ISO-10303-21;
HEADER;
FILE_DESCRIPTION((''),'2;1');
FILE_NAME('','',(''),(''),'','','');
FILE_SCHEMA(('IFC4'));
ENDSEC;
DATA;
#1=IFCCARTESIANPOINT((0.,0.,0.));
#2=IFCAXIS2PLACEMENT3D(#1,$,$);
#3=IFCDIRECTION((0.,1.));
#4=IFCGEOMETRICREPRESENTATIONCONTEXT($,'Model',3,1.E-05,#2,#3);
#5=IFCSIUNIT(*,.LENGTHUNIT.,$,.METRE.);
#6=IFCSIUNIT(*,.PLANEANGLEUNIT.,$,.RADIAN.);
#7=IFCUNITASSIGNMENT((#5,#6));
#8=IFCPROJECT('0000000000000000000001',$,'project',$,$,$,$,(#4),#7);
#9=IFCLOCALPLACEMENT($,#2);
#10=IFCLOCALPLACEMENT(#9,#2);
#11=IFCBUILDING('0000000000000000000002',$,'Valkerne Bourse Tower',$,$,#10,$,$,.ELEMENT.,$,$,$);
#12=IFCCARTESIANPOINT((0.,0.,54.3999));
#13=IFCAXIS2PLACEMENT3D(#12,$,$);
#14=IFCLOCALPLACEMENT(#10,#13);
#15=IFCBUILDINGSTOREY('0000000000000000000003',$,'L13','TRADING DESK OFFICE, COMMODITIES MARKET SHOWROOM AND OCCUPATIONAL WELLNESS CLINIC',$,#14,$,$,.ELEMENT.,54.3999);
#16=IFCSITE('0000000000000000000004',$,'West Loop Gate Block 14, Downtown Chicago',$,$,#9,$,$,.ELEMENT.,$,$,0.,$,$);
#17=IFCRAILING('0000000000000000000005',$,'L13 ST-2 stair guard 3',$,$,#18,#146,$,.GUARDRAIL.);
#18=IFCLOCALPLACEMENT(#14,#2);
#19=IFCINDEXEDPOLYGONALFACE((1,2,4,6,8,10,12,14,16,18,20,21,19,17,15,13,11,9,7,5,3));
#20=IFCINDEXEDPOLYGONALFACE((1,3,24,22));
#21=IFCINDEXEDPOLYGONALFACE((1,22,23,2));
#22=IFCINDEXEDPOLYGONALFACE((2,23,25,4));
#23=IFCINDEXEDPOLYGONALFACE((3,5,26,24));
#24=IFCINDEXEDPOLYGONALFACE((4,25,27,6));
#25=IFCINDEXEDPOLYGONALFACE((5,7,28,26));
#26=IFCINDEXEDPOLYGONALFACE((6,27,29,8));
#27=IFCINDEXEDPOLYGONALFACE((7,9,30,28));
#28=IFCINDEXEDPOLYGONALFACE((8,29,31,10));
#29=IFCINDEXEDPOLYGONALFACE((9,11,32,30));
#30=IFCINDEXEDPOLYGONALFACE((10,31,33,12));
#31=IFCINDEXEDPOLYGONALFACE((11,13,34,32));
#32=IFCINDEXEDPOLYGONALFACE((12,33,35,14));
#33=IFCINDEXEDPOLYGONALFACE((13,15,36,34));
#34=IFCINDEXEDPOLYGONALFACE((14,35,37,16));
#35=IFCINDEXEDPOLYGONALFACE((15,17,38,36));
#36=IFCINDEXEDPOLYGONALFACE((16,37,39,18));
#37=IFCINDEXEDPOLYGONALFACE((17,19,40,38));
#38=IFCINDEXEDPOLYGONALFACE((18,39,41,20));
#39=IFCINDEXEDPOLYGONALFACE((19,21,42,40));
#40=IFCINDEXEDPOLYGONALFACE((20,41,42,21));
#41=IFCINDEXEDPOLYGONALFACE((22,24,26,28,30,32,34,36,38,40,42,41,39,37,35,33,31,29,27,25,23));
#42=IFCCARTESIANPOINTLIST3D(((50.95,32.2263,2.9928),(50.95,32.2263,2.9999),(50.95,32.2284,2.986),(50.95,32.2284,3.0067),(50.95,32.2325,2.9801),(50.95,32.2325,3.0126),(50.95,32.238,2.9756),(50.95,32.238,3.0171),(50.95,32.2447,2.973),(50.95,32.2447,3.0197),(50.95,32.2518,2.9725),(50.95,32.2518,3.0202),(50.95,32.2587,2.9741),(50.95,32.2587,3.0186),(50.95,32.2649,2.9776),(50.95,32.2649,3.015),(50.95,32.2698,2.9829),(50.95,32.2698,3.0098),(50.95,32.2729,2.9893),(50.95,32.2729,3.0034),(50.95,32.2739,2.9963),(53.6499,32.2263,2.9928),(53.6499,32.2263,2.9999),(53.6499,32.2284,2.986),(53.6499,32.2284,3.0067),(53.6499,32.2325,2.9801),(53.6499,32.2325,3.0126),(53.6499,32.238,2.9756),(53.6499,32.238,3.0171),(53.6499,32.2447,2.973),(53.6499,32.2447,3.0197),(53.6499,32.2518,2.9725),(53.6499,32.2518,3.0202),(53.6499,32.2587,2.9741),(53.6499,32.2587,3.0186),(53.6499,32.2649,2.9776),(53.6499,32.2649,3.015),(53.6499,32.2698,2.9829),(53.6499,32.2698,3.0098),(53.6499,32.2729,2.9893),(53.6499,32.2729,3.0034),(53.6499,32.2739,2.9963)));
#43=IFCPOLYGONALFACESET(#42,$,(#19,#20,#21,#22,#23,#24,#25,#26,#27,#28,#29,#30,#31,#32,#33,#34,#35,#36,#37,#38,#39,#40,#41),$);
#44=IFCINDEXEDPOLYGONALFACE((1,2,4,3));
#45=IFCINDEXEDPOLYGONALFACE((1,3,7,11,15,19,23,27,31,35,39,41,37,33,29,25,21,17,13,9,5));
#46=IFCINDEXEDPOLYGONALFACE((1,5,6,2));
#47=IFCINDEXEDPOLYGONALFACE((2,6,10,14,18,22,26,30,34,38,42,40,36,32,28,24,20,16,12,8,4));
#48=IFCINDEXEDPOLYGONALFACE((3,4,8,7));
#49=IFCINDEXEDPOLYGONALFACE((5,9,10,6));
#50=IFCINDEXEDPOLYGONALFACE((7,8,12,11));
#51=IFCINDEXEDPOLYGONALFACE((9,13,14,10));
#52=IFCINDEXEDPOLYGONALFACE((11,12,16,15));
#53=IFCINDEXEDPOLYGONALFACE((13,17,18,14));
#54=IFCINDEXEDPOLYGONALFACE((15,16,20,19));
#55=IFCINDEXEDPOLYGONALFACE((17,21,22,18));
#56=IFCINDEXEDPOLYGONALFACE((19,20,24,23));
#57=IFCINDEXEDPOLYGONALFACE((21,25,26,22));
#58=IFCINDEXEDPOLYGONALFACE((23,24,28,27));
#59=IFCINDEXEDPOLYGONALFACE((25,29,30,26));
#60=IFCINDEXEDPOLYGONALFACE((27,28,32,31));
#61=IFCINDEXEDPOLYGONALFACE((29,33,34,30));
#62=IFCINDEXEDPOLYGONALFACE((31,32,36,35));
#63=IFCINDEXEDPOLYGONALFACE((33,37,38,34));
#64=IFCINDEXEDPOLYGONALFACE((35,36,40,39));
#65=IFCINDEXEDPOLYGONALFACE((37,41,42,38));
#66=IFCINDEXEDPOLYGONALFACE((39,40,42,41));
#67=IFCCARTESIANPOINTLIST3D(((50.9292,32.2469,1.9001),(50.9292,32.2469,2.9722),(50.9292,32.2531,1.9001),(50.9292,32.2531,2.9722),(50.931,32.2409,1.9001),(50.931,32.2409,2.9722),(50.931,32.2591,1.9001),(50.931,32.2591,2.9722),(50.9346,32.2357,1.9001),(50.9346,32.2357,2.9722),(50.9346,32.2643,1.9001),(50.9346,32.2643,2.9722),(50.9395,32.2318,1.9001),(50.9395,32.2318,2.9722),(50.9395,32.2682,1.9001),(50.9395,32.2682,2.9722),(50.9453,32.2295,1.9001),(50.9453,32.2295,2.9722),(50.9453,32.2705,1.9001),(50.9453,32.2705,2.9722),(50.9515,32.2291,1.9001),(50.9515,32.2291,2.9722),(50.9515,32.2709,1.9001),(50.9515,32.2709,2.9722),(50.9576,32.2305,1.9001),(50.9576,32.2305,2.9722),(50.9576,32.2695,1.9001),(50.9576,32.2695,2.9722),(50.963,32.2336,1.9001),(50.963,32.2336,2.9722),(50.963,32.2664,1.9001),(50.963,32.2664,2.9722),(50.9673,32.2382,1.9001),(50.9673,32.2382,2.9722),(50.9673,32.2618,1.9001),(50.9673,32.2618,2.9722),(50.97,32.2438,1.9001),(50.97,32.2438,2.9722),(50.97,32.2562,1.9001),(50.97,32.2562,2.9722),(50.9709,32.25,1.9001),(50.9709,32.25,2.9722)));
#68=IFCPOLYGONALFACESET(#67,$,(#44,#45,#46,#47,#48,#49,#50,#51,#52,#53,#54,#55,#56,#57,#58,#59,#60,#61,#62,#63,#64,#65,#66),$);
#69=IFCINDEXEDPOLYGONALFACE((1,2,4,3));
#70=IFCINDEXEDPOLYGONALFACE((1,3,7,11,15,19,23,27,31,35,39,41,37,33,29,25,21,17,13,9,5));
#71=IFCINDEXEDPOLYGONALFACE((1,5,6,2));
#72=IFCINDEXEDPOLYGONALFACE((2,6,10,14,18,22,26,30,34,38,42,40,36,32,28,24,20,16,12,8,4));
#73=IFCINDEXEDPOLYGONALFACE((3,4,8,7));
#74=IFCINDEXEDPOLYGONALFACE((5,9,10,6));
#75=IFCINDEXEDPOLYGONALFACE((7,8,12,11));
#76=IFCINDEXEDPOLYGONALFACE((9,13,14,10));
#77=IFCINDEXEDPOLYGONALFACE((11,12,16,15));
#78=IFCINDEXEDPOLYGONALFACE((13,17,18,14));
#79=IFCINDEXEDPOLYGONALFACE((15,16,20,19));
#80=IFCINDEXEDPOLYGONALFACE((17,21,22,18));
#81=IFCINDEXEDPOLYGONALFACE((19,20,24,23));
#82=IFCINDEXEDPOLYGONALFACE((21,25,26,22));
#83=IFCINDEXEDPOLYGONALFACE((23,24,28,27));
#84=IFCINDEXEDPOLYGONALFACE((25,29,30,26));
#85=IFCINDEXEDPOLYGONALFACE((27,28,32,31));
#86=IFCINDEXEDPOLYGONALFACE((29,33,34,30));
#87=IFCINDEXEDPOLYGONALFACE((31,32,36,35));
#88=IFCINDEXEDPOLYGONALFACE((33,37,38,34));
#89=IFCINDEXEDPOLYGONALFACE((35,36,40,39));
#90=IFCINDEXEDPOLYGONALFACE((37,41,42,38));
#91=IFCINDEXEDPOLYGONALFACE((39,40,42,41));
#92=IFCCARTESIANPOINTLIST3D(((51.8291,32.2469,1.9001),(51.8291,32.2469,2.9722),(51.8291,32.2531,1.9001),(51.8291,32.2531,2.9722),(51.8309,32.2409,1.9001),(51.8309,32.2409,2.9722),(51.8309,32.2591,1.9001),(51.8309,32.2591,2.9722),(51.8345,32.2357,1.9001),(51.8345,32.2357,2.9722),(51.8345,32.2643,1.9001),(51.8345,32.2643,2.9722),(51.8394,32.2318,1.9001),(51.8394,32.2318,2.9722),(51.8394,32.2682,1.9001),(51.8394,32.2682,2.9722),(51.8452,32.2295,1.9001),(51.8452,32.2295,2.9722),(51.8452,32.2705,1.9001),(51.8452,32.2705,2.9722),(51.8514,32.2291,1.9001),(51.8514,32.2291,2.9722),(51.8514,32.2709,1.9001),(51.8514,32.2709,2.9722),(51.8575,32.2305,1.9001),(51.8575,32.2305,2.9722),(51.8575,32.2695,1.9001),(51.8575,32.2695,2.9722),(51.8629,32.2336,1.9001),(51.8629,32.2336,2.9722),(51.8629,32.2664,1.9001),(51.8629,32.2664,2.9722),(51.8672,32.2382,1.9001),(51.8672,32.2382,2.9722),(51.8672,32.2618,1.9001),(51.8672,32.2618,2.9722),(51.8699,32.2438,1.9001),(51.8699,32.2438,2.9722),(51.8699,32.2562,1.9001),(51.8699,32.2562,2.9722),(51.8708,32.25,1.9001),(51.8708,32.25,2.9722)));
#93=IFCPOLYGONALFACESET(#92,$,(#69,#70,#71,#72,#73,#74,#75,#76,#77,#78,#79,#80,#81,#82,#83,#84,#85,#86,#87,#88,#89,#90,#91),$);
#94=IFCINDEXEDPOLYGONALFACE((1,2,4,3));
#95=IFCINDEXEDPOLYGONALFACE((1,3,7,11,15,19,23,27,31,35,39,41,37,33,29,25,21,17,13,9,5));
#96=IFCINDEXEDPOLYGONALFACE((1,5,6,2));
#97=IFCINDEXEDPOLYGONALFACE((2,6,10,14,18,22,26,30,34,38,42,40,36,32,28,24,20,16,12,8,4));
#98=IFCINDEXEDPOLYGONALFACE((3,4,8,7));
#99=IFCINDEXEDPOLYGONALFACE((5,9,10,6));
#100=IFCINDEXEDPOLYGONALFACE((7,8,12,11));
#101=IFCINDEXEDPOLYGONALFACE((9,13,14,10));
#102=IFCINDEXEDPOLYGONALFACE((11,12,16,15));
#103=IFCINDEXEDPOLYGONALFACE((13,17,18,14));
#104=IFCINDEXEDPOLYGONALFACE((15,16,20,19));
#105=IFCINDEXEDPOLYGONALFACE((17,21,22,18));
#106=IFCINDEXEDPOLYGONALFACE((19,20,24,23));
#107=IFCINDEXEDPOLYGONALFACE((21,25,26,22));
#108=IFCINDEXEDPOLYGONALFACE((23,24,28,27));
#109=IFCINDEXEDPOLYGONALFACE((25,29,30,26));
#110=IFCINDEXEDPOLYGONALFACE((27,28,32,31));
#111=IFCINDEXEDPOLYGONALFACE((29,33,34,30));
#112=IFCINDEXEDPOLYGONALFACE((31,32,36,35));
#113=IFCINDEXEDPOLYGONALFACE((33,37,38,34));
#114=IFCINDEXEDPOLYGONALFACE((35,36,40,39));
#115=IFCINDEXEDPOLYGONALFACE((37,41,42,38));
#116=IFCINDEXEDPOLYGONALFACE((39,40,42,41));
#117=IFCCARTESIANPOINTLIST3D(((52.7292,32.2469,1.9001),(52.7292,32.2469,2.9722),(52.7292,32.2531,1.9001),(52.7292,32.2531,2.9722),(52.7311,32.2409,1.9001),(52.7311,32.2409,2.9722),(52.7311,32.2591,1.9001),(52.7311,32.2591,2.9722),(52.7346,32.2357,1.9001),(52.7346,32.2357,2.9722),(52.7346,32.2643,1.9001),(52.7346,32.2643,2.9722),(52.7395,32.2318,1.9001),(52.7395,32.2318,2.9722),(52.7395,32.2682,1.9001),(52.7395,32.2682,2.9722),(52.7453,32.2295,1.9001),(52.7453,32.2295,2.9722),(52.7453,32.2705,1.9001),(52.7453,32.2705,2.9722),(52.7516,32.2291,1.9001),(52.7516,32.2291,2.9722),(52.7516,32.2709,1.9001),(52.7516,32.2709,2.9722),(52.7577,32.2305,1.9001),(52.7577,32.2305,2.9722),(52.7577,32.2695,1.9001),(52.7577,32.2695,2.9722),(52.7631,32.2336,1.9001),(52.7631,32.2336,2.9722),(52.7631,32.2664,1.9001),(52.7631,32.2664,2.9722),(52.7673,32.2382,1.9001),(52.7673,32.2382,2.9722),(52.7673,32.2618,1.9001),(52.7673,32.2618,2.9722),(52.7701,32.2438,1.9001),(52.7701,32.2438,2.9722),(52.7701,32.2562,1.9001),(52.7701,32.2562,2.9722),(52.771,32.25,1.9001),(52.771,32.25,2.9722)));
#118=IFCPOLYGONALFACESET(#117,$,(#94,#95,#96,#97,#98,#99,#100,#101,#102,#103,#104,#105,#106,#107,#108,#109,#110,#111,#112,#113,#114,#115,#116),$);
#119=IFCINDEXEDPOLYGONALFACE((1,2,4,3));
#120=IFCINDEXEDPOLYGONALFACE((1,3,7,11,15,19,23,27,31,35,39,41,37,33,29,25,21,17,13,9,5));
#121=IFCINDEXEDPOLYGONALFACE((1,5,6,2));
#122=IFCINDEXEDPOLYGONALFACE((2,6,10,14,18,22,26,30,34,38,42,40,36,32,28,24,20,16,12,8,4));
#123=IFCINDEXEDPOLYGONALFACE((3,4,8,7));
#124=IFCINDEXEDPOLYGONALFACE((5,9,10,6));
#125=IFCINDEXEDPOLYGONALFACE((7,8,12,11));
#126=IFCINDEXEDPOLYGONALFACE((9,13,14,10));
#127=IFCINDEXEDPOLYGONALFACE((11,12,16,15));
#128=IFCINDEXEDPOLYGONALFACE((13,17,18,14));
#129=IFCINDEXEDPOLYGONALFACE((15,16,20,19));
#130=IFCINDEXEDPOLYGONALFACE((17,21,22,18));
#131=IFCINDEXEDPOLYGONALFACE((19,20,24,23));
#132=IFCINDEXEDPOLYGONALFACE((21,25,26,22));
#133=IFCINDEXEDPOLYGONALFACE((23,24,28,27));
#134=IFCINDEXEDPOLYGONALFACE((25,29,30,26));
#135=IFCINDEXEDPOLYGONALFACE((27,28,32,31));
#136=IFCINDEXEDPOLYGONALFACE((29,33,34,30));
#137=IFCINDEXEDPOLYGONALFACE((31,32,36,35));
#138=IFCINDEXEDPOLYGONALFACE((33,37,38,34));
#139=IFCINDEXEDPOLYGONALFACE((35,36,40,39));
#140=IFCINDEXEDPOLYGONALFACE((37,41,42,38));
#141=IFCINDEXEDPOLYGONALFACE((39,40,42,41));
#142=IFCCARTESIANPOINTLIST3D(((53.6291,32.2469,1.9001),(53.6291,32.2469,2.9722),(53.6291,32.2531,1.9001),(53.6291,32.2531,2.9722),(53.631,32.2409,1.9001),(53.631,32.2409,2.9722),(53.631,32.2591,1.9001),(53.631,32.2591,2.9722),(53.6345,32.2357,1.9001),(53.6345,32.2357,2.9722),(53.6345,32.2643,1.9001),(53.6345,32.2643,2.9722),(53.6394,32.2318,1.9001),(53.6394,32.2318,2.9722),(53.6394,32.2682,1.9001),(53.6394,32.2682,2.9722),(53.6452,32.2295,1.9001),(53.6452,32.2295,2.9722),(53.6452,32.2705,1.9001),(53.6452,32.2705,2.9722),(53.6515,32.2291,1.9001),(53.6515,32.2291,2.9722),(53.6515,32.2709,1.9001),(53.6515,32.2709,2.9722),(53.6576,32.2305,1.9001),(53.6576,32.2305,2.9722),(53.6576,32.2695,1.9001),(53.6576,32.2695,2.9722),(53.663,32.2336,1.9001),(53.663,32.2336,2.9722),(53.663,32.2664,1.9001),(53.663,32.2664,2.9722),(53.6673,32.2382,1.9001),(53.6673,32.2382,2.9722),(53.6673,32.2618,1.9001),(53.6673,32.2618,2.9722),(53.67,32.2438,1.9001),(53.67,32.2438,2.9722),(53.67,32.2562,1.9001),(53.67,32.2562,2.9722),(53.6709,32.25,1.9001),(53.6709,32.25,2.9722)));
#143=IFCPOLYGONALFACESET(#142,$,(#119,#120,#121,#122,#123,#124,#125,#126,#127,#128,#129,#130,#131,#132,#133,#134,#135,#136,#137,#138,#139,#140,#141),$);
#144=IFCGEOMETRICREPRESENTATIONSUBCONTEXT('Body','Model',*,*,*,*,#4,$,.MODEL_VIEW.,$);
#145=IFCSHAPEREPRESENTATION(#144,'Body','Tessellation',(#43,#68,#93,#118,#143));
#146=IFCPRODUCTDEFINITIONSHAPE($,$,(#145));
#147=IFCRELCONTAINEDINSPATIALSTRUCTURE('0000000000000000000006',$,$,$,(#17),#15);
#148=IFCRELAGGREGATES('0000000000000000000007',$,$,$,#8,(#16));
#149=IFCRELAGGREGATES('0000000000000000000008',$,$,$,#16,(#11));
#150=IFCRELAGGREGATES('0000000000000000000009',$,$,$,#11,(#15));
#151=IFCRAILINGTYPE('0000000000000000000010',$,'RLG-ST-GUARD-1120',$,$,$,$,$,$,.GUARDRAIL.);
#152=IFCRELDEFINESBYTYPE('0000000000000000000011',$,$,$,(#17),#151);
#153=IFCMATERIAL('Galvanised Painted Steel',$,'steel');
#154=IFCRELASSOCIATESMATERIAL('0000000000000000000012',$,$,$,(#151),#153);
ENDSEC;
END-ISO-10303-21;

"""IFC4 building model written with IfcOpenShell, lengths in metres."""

from ifc_helpers import new_model, si_unit, direction, frame, origin, origin_2d, place, context, subcontext, project, spatial, circle, extrude, material, type_object, element, save


model = new_model("IFC4")

# Units and contexts
model_context = context("Model", 3, precision=1e-05, world=origin(), true_north=direction((0.0, 1.0)))
body_context = subcontext(model_context, "Body", "Model", "MODEL_VIEW")
ifc_project = project(units=[si_unit("LENGTHUNIT", "METRE"), si_unit("PLANEANGLEUNIT", "RADIAN")], contexts=[model_context])

# Site, building, storey
site_placement = place(None, origin())
site = spatial("IfcSite", under=ifc_project, at=site_placement, Name="West Loop Gate Block 14, Downtown Chicago", CompositionType="ELEMENT", RefElevation=0.0)
building_placement = place(site_placement, origin())
building = spatial("IfcBuilding", under=site, at=building_placement, Name="Valkerne Bourse Tower", CompositionType="ELEMENT")
storey_placement = place(building_placement, frame((0.0, 0.0, 54.3999)))
storey = spatial("IfcBuildingStorey", under=building, at=storey_placement, Name="L13", Description="TRADING DESK OFFICE, COMMODITIES MARKET SHOWROOM AND OCCUPATIONAL WELLNESS CLINIC", CompositionType="ELEMENT", Elevation=54.3999)

# Shared definitions
ifc_material_1 = material(Name="Galvanised Painted Steel", Category="steel")

# Railing
railing_type_1 = type_object("IfcRailingType", Name="RLG-ST-GUARD-1120", PredefinedType="GUARDRAIL", material=ifc_material_1)
for number, where, name in (
    (1, (50.95, 32.25, 1.9001), "L13 ST-2 stair guard 3"),
):
    element("IfcRailing", number, at=place(storey_placement, frame(where)), inside=storey, type_object=railing_type_1, Name=name, PredefinedType="GUARDRAIL", context=body_context, shape_type="SweptSolid", body=[
        extrude(circle(Radius=0.0239, at=origin_2d()), frame((0.0, 0.0, 1.0962), z_axis=(1.0, 0.0, 0.0), x_axis=(0.0, 1.0, 0.0)), (0.0, 0.0, 1.0), 2.7),
        extrude(circle(Radius=0.021, at=origin_2d()), origin(), (0.0, 0.0, 1.0), 1.072),
        extrude(circle(Radius=0.021, at=origin_2d()), frame((0.8999, 0.0, 0.0)), (0.0, 0.0, 1.0), 1.072),
        extrude(circle(Radius=0.021, at=origin_2d()), frame((1.8, 0.0, 0.0)), (0.0, 0.0, 1.0), 1.072),
        extrude(circle(Radius=0.021, at=origin_2d()), frame((2.7, 0.0, 0.0)), (0.0, 0.0, 1.0), 1.072),
    ])

save(model, "model.ifc")
